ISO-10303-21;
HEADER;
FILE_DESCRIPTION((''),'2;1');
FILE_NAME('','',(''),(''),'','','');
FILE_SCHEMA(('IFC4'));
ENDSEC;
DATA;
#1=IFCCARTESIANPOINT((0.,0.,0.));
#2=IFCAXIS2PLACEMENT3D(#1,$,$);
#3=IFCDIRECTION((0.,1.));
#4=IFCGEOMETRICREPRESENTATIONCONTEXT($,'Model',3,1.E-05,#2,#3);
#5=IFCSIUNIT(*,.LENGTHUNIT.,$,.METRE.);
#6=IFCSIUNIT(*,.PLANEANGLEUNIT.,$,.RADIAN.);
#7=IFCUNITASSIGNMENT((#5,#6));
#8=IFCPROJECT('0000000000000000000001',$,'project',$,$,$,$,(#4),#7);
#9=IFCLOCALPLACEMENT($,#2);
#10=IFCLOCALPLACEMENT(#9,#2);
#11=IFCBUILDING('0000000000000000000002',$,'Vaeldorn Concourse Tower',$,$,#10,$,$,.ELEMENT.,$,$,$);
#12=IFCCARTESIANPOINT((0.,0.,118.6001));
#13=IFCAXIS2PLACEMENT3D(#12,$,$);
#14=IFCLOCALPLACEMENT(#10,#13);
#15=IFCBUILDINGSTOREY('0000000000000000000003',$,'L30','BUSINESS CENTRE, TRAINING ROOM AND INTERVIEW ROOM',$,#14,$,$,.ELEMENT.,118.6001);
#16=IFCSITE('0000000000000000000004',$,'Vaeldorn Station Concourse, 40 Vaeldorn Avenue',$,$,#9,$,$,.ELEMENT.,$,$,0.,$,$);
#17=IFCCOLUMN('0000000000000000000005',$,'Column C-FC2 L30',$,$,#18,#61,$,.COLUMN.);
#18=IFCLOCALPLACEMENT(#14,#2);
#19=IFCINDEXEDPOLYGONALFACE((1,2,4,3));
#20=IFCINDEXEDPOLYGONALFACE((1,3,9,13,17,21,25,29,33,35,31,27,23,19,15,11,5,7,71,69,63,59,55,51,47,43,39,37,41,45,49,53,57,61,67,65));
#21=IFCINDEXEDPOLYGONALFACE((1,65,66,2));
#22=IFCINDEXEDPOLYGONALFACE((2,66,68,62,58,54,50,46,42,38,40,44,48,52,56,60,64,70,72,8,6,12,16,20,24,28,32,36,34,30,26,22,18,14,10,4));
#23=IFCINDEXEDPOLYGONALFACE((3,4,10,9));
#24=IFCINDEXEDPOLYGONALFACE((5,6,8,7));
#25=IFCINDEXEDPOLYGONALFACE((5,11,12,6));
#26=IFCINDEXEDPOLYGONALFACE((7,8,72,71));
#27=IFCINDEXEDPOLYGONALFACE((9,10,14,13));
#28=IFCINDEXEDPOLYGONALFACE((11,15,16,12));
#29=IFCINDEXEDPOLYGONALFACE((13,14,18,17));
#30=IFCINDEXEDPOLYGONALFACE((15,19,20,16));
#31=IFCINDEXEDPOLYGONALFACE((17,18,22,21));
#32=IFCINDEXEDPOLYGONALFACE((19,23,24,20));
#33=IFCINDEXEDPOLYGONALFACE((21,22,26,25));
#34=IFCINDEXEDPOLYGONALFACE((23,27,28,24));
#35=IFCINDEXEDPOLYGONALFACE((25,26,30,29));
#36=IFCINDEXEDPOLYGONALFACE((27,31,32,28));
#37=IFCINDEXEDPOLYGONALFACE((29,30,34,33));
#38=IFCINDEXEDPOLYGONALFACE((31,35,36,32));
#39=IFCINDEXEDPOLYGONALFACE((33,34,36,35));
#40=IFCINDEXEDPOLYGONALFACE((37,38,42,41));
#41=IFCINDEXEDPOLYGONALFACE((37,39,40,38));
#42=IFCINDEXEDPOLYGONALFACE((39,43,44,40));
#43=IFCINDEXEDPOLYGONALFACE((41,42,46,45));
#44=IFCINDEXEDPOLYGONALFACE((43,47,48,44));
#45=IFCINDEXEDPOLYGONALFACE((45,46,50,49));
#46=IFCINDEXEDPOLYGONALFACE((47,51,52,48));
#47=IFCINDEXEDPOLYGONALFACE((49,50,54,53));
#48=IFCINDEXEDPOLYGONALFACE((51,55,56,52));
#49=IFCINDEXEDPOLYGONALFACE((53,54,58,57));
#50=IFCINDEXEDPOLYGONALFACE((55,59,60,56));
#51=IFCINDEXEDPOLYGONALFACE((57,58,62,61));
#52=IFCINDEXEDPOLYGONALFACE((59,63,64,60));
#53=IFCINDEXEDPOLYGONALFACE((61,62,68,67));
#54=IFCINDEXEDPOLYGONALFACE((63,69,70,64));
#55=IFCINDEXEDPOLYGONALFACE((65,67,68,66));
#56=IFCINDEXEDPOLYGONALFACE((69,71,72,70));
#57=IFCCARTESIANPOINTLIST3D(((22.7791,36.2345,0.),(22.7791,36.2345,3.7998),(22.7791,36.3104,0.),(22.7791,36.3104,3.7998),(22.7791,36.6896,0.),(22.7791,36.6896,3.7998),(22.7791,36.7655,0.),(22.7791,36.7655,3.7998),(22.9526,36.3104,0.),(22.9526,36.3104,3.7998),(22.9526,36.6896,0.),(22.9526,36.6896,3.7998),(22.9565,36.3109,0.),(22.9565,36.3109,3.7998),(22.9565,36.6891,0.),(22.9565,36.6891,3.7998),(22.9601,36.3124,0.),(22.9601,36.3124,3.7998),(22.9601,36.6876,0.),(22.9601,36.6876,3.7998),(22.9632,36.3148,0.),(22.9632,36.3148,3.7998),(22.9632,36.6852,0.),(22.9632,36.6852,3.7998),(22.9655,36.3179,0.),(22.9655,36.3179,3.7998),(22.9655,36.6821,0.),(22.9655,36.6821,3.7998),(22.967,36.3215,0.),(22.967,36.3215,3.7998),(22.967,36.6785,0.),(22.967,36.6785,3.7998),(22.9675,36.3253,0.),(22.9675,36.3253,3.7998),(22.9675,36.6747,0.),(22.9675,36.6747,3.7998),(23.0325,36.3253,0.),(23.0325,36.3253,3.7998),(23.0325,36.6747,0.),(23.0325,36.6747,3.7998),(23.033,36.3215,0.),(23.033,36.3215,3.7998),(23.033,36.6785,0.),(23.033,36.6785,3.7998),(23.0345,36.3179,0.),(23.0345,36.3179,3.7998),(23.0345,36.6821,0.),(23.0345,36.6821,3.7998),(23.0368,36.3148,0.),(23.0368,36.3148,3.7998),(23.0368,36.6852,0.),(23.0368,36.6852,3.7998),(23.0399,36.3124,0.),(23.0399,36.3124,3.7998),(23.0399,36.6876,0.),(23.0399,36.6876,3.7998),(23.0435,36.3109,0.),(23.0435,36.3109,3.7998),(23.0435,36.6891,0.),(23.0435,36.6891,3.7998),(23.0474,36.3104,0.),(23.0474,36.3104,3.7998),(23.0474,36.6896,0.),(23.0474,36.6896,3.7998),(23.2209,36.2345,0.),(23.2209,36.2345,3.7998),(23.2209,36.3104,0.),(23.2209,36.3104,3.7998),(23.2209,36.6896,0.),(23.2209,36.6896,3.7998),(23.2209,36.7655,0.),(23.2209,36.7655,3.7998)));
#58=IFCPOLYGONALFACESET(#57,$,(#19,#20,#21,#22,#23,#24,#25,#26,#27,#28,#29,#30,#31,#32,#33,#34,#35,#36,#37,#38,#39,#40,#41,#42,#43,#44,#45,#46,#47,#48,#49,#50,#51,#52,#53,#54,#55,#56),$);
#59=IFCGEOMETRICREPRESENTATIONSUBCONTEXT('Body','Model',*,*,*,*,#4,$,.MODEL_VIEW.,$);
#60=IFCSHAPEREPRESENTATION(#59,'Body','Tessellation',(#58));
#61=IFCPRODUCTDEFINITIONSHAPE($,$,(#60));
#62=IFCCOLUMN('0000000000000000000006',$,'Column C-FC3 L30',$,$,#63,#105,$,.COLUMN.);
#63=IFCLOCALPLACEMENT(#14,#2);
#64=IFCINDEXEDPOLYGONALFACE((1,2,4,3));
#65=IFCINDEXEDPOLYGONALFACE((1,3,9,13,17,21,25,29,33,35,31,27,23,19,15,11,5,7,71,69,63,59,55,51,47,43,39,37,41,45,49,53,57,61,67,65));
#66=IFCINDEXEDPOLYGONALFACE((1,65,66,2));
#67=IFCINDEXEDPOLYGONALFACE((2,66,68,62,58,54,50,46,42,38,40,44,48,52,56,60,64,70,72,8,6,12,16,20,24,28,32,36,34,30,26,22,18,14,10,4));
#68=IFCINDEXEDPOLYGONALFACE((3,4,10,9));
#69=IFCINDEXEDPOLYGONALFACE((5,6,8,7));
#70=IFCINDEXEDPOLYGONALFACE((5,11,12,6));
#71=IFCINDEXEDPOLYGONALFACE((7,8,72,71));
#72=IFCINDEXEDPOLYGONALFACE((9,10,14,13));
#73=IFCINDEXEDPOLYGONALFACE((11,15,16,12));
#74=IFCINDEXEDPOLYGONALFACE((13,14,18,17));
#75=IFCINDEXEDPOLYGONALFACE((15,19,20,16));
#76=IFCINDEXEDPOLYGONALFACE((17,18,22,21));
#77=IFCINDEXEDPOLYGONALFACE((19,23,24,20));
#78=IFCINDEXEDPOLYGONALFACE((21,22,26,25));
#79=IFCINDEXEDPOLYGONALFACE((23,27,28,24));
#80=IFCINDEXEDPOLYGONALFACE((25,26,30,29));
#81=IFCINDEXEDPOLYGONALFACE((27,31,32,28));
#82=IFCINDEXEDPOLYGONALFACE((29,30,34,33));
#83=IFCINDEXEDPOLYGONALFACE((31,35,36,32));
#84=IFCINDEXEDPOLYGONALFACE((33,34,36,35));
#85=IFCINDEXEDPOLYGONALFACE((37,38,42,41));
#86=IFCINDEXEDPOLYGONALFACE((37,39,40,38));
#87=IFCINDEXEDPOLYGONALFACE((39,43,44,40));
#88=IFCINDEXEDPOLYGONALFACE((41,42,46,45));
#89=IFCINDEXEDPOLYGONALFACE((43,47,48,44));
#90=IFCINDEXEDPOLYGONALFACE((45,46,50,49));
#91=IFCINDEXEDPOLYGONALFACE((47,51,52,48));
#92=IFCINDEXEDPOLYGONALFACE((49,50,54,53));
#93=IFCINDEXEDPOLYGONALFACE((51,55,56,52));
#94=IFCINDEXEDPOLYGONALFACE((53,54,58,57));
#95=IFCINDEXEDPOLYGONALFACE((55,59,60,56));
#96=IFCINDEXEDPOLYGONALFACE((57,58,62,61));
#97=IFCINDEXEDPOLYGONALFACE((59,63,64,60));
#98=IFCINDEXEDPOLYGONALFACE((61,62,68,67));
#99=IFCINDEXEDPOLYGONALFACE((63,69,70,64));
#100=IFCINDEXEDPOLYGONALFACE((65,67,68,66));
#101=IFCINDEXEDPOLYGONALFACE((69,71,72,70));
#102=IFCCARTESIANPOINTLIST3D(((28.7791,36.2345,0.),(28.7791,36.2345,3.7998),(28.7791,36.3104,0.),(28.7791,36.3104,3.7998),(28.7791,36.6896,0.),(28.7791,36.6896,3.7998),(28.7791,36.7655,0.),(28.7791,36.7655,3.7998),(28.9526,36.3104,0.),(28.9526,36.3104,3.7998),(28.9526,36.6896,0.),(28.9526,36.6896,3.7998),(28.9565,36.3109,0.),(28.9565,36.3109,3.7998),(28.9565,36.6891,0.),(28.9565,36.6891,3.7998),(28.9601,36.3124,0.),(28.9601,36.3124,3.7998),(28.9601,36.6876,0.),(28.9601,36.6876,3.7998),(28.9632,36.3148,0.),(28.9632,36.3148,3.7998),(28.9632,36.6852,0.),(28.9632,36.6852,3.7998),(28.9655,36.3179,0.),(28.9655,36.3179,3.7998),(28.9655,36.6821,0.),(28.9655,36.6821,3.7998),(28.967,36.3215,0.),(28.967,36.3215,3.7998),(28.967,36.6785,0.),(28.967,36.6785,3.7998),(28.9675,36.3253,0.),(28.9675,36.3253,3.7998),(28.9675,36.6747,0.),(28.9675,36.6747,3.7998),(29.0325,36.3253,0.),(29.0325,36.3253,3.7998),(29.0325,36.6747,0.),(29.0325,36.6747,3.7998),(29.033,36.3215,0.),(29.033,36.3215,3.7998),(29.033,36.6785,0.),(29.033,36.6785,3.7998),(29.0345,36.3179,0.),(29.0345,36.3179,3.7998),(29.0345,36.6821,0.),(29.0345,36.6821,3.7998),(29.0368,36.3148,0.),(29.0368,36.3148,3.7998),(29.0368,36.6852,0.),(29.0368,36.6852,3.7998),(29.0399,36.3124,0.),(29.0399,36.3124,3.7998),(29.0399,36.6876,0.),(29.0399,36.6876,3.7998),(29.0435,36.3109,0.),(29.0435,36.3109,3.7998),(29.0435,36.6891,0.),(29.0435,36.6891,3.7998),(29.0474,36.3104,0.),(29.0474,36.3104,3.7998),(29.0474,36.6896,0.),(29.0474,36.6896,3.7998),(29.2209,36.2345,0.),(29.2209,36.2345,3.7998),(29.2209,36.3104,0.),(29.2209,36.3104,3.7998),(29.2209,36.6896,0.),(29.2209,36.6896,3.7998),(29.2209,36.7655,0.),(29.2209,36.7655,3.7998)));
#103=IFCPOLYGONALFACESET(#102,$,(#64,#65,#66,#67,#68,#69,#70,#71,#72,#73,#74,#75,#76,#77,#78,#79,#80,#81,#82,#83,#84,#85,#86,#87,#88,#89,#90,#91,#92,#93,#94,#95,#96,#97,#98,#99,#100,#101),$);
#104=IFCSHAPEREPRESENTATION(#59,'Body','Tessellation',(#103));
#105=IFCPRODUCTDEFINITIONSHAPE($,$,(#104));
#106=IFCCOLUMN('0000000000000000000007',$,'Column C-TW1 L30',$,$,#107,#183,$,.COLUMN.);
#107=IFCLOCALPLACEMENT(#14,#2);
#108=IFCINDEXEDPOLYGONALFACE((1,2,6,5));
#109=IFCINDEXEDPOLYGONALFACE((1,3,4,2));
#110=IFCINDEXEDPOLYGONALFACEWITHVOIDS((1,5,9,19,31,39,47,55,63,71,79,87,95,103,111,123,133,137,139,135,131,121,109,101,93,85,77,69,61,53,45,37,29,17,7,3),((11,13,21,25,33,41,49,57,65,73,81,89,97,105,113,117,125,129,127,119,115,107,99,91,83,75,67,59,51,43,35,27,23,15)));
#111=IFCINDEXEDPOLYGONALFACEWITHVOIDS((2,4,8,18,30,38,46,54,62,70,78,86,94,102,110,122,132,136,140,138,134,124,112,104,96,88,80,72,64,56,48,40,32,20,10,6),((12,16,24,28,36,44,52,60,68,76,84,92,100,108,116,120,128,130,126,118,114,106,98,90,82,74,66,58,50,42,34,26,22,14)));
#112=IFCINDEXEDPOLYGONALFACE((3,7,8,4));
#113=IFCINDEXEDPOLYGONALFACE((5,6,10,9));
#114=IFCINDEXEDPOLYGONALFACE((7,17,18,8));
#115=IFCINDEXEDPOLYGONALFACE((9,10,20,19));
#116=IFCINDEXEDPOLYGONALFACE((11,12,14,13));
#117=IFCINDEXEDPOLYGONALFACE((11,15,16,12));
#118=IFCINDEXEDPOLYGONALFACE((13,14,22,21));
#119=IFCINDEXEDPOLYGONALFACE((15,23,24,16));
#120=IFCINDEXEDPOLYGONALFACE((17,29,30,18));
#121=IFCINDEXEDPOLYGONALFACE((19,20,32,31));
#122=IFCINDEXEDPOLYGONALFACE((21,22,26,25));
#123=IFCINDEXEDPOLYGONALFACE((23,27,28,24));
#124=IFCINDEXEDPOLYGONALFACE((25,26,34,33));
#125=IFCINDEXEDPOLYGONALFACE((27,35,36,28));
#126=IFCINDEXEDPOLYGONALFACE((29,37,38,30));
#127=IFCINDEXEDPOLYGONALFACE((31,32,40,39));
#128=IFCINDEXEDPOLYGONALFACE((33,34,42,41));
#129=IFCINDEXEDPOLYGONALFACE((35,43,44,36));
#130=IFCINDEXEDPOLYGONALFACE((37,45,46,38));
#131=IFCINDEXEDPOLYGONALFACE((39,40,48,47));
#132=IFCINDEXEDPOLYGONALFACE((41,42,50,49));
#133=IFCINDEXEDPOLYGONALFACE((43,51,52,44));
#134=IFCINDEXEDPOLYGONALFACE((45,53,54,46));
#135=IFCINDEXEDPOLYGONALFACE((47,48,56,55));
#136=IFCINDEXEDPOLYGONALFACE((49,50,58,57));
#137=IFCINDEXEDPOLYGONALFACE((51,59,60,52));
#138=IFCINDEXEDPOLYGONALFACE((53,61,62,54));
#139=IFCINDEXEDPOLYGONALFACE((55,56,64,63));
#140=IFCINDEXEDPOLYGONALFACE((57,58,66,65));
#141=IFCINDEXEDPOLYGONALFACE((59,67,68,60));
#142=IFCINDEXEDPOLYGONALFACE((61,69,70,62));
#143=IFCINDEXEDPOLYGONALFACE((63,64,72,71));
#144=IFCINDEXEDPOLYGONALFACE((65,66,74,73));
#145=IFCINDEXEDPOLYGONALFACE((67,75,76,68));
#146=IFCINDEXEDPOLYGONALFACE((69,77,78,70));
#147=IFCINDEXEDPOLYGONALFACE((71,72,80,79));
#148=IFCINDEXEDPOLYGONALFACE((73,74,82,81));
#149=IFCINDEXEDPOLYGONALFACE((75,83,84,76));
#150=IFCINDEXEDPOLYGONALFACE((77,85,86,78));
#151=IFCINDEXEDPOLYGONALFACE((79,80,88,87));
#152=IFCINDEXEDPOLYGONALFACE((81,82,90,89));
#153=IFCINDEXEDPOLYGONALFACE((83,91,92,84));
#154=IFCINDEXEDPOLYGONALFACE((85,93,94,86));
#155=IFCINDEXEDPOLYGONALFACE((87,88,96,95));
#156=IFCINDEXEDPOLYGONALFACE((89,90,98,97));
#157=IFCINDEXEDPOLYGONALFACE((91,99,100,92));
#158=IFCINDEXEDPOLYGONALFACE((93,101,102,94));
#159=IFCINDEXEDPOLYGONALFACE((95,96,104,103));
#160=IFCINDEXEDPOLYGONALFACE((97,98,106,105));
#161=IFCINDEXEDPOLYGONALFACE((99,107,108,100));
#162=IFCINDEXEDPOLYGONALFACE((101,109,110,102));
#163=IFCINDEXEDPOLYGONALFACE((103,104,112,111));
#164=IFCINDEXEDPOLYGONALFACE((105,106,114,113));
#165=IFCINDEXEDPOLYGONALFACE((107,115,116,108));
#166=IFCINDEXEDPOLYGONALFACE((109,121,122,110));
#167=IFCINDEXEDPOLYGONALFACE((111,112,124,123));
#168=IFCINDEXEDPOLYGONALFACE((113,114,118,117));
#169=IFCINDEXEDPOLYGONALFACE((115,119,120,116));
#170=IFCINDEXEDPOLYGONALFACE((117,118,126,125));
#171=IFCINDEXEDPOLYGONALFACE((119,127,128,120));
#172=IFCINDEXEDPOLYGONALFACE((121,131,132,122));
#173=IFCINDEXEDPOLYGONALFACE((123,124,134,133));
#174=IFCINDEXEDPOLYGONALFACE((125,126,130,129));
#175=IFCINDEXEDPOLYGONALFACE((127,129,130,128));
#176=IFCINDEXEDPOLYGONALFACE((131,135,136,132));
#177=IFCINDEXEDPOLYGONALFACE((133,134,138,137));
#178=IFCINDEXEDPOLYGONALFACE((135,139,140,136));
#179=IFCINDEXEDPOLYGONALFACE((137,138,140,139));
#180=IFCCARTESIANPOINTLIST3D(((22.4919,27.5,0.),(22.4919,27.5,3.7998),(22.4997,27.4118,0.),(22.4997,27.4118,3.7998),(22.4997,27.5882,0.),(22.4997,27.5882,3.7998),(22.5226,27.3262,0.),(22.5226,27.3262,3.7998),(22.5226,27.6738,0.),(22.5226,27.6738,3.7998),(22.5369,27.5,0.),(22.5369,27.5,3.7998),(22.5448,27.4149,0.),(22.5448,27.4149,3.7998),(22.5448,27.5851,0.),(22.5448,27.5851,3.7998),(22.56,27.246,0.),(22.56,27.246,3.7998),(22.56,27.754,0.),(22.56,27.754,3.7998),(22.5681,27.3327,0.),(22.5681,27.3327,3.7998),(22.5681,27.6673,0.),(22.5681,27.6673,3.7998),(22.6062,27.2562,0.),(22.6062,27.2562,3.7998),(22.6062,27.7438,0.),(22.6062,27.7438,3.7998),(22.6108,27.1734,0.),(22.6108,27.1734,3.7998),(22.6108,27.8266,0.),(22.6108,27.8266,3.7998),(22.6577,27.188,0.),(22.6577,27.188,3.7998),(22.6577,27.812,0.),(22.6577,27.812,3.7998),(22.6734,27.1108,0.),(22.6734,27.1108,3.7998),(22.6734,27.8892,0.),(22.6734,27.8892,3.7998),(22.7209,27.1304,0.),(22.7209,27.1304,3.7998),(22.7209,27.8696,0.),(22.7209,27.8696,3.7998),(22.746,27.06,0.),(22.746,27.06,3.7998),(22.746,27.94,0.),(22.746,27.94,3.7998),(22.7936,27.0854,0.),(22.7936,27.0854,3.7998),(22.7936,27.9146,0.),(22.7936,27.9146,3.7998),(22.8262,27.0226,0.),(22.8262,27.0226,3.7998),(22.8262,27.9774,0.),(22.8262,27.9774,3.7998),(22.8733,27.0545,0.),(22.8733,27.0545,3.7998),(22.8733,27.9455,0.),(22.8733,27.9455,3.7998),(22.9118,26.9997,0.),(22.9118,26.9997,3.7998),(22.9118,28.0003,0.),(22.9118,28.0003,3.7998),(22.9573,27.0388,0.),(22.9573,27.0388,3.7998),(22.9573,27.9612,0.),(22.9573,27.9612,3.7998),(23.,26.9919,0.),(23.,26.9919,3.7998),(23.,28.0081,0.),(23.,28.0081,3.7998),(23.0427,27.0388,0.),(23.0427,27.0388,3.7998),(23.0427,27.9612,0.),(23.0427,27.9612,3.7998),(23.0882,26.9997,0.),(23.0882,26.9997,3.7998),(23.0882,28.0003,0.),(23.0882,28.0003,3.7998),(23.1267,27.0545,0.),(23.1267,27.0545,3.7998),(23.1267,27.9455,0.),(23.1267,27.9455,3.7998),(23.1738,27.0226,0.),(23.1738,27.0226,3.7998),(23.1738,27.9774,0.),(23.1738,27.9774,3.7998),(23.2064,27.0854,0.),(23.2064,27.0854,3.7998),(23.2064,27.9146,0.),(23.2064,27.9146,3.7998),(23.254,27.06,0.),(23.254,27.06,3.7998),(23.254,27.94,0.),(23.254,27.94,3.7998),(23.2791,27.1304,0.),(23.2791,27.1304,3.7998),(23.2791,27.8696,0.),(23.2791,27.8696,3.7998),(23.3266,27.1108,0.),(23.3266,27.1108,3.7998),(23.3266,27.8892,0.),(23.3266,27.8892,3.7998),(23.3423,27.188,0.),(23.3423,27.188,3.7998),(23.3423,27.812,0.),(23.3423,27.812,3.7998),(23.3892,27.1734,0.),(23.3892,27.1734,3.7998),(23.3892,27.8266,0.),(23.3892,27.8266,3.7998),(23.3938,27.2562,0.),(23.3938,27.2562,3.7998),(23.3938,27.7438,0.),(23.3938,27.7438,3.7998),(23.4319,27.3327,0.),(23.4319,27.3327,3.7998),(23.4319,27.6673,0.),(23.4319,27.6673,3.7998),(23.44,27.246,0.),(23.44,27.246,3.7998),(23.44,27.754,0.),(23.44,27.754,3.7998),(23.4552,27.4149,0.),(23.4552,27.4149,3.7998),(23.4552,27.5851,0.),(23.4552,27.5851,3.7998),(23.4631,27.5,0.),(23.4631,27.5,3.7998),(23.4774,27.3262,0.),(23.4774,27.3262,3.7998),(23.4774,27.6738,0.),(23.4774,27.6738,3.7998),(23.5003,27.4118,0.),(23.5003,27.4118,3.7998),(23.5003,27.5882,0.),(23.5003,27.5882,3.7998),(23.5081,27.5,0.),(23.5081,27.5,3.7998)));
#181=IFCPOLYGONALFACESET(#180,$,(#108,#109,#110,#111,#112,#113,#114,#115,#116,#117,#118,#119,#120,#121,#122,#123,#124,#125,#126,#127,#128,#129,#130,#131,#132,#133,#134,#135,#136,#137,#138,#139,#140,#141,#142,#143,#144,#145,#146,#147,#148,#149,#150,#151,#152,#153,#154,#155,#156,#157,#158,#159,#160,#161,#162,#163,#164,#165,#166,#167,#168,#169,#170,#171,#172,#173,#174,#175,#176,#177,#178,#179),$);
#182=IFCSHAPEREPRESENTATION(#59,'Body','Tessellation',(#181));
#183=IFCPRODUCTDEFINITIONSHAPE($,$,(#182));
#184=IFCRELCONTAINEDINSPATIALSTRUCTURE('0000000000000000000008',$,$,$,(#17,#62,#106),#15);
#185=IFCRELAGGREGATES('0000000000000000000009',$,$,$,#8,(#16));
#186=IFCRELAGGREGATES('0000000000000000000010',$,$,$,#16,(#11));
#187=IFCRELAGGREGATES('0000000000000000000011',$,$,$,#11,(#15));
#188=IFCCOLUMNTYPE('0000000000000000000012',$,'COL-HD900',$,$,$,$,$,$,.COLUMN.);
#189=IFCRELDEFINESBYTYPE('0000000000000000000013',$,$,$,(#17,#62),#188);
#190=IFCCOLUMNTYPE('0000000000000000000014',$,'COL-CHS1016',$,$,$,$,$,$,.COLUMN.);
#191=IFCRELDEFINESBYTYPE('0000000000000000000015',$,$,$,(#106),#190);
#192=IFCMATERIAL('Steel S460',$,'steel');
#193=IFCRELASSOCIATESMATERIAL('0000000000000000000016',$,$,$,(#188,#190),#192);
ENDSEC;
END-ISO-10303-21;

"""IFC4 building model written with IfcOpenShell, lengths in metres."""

from ifc_helpers import new_model, si_unit, direction, frame, origin, origin_2d, place, context, subcontext, project, spatial, hollow_circle, i_section, extrude, source, transform, mapped, material, material_profile, profile_set, type_object, element, save


model = new_model("IFC4")

# Units and contexts
model_context = context("Model", 3, precision=1e-05, world=origin(), true_north=direction((0.0, 1.0)))
body_context = subcontext(model_context, "Body", "Model", "MODEL_VIEW")
ifc_project = project(units=[si_unit("LENGTHUNIT", "METRE"), si_unit("PLANEANGLEUNIT", "RADIAN")], contexts=[model_context])

# Site, building, storey
site_placement = place(None, origin())
site = spatial("IfcSite", under=ifc_project, at=site_placement, Name="Vaeldorn Station Concourse, 40 Vaeldorn Avenue", CompositionType="ELEMENT", RefElevation=0.0)
building_placement = place(site_placement, origin())
building = spatial("IfcBuilding", under=site, at=building_placement, Name="Vaeldorn Concourse Tower", CompositionType="ELEMENT")
storey_placement = place(building_placement, frame((0.0, 0.0, 118.6001)))
storey = spatial("IfcBuildingStorey", under=building, at=storey_placement, Name="L30", Description="BUSINESS CENTRE, TRAINING ROOM AND INTERVIEW ROOM", CompositionType="ELEMENT", Elevation=118.6001)

# Columns
ifc_material_1 = material(Name="Steel S460", Category="steel")
ifc_material_profile_1 = material_profile(ifc_material_1, i_section(OverallWidth=0.4419, OverallDepth=0.531, WebThickness=0.0649, FlangeThickness=0.0759, FilletRadius=0.0149, at=origin_2d()), Name="HD 400x900")
ifc_profile_set_1 = profile_set([ifc_material_profile_1], Name="Steel S460")
column_type_1 = type_object("IfcColumnType", Name="COL-HD900", PredefinedType="COLUMN", material=ifc_profile_set_1)
shared_shape_1 = source(origin(), body_context, "Body", "SweptSolid", [
    extrude(i_section(OverallWidth=0.4419, OverallDepth=0.531, WebThickness=0.0649, FlangeThickness=0.0759, FilletRadius=0.0149, at=origin_2d()), origin(), (0.0, 0.0, 1.0), 3.7998),
])
for number, where, z_axis, x_axis, name in (
    (1, (23.0, 36.5, 0.0), (0.0, 0.0, 1.0), (1.0, 0.0, 0.0), "Column C-FC2 L30"),
    (2, (29.0, 36.5, 0.0), (0.0, 0.0, 1.0), (1.0, 0.0, 0.0), "Column C-FC3 L30"),
):
    element("IfcColumn", number, at=place(storey_placement, frame(where, z_axis=z_axis, x_axis=x_axis)), inside=storey, type_object=column_type_1, Name=name, PredefinedType="COLUMN", context=body_context, shape_type="MappedRepresentation", body=[
        mapped(shared_shape_1, transform((0.0, 0.0, 0.0), scale=1.0)),
    ])
ifc_material_profile_2 = material_profile(ifc_material_1, hollow_circle(Radius=0.5081, WallThickness=0.0449, at=origin_2d()), Name="CHS 1016x45")
ifc_profile_set_2 = profile_set([ifc_material_profile_2], Name="Steel S460")
column_type_2 = type_object("IfcColumnType", Name="COL-CHS1016", PredefinedType="COLUMN", material=ifc_profile_set_2)
shared_shape_2 = source(origin(), body_context, "Body", "SweptSolid", [
    extrude(hollow_circle(Radius=0.5081, WallThickness=0.0449, at=origin_2d()), origin(), (0.0, 0.0, 1.0), 3.7998),
])
column_1_placement = place(storey_placement, frame((23.0, 27.5, 0.0), z_axis=(0.0, 0.0, 1.0), x_axis=(1.0, 0.0, 0.0)))
element("IfcColumn", 3, at=column_1_placement, inside=storey, type_object=column_type_2, Name="Column C-TW1 L30", PredefinedType="COLUMN", context=body_context, shape_type="MappedRepresentation", body=[
    mapped(shared_shape_2, transform((0.0, 0.0, 0.0), scale=1.0)),
])

save(model, "model.ifc")
